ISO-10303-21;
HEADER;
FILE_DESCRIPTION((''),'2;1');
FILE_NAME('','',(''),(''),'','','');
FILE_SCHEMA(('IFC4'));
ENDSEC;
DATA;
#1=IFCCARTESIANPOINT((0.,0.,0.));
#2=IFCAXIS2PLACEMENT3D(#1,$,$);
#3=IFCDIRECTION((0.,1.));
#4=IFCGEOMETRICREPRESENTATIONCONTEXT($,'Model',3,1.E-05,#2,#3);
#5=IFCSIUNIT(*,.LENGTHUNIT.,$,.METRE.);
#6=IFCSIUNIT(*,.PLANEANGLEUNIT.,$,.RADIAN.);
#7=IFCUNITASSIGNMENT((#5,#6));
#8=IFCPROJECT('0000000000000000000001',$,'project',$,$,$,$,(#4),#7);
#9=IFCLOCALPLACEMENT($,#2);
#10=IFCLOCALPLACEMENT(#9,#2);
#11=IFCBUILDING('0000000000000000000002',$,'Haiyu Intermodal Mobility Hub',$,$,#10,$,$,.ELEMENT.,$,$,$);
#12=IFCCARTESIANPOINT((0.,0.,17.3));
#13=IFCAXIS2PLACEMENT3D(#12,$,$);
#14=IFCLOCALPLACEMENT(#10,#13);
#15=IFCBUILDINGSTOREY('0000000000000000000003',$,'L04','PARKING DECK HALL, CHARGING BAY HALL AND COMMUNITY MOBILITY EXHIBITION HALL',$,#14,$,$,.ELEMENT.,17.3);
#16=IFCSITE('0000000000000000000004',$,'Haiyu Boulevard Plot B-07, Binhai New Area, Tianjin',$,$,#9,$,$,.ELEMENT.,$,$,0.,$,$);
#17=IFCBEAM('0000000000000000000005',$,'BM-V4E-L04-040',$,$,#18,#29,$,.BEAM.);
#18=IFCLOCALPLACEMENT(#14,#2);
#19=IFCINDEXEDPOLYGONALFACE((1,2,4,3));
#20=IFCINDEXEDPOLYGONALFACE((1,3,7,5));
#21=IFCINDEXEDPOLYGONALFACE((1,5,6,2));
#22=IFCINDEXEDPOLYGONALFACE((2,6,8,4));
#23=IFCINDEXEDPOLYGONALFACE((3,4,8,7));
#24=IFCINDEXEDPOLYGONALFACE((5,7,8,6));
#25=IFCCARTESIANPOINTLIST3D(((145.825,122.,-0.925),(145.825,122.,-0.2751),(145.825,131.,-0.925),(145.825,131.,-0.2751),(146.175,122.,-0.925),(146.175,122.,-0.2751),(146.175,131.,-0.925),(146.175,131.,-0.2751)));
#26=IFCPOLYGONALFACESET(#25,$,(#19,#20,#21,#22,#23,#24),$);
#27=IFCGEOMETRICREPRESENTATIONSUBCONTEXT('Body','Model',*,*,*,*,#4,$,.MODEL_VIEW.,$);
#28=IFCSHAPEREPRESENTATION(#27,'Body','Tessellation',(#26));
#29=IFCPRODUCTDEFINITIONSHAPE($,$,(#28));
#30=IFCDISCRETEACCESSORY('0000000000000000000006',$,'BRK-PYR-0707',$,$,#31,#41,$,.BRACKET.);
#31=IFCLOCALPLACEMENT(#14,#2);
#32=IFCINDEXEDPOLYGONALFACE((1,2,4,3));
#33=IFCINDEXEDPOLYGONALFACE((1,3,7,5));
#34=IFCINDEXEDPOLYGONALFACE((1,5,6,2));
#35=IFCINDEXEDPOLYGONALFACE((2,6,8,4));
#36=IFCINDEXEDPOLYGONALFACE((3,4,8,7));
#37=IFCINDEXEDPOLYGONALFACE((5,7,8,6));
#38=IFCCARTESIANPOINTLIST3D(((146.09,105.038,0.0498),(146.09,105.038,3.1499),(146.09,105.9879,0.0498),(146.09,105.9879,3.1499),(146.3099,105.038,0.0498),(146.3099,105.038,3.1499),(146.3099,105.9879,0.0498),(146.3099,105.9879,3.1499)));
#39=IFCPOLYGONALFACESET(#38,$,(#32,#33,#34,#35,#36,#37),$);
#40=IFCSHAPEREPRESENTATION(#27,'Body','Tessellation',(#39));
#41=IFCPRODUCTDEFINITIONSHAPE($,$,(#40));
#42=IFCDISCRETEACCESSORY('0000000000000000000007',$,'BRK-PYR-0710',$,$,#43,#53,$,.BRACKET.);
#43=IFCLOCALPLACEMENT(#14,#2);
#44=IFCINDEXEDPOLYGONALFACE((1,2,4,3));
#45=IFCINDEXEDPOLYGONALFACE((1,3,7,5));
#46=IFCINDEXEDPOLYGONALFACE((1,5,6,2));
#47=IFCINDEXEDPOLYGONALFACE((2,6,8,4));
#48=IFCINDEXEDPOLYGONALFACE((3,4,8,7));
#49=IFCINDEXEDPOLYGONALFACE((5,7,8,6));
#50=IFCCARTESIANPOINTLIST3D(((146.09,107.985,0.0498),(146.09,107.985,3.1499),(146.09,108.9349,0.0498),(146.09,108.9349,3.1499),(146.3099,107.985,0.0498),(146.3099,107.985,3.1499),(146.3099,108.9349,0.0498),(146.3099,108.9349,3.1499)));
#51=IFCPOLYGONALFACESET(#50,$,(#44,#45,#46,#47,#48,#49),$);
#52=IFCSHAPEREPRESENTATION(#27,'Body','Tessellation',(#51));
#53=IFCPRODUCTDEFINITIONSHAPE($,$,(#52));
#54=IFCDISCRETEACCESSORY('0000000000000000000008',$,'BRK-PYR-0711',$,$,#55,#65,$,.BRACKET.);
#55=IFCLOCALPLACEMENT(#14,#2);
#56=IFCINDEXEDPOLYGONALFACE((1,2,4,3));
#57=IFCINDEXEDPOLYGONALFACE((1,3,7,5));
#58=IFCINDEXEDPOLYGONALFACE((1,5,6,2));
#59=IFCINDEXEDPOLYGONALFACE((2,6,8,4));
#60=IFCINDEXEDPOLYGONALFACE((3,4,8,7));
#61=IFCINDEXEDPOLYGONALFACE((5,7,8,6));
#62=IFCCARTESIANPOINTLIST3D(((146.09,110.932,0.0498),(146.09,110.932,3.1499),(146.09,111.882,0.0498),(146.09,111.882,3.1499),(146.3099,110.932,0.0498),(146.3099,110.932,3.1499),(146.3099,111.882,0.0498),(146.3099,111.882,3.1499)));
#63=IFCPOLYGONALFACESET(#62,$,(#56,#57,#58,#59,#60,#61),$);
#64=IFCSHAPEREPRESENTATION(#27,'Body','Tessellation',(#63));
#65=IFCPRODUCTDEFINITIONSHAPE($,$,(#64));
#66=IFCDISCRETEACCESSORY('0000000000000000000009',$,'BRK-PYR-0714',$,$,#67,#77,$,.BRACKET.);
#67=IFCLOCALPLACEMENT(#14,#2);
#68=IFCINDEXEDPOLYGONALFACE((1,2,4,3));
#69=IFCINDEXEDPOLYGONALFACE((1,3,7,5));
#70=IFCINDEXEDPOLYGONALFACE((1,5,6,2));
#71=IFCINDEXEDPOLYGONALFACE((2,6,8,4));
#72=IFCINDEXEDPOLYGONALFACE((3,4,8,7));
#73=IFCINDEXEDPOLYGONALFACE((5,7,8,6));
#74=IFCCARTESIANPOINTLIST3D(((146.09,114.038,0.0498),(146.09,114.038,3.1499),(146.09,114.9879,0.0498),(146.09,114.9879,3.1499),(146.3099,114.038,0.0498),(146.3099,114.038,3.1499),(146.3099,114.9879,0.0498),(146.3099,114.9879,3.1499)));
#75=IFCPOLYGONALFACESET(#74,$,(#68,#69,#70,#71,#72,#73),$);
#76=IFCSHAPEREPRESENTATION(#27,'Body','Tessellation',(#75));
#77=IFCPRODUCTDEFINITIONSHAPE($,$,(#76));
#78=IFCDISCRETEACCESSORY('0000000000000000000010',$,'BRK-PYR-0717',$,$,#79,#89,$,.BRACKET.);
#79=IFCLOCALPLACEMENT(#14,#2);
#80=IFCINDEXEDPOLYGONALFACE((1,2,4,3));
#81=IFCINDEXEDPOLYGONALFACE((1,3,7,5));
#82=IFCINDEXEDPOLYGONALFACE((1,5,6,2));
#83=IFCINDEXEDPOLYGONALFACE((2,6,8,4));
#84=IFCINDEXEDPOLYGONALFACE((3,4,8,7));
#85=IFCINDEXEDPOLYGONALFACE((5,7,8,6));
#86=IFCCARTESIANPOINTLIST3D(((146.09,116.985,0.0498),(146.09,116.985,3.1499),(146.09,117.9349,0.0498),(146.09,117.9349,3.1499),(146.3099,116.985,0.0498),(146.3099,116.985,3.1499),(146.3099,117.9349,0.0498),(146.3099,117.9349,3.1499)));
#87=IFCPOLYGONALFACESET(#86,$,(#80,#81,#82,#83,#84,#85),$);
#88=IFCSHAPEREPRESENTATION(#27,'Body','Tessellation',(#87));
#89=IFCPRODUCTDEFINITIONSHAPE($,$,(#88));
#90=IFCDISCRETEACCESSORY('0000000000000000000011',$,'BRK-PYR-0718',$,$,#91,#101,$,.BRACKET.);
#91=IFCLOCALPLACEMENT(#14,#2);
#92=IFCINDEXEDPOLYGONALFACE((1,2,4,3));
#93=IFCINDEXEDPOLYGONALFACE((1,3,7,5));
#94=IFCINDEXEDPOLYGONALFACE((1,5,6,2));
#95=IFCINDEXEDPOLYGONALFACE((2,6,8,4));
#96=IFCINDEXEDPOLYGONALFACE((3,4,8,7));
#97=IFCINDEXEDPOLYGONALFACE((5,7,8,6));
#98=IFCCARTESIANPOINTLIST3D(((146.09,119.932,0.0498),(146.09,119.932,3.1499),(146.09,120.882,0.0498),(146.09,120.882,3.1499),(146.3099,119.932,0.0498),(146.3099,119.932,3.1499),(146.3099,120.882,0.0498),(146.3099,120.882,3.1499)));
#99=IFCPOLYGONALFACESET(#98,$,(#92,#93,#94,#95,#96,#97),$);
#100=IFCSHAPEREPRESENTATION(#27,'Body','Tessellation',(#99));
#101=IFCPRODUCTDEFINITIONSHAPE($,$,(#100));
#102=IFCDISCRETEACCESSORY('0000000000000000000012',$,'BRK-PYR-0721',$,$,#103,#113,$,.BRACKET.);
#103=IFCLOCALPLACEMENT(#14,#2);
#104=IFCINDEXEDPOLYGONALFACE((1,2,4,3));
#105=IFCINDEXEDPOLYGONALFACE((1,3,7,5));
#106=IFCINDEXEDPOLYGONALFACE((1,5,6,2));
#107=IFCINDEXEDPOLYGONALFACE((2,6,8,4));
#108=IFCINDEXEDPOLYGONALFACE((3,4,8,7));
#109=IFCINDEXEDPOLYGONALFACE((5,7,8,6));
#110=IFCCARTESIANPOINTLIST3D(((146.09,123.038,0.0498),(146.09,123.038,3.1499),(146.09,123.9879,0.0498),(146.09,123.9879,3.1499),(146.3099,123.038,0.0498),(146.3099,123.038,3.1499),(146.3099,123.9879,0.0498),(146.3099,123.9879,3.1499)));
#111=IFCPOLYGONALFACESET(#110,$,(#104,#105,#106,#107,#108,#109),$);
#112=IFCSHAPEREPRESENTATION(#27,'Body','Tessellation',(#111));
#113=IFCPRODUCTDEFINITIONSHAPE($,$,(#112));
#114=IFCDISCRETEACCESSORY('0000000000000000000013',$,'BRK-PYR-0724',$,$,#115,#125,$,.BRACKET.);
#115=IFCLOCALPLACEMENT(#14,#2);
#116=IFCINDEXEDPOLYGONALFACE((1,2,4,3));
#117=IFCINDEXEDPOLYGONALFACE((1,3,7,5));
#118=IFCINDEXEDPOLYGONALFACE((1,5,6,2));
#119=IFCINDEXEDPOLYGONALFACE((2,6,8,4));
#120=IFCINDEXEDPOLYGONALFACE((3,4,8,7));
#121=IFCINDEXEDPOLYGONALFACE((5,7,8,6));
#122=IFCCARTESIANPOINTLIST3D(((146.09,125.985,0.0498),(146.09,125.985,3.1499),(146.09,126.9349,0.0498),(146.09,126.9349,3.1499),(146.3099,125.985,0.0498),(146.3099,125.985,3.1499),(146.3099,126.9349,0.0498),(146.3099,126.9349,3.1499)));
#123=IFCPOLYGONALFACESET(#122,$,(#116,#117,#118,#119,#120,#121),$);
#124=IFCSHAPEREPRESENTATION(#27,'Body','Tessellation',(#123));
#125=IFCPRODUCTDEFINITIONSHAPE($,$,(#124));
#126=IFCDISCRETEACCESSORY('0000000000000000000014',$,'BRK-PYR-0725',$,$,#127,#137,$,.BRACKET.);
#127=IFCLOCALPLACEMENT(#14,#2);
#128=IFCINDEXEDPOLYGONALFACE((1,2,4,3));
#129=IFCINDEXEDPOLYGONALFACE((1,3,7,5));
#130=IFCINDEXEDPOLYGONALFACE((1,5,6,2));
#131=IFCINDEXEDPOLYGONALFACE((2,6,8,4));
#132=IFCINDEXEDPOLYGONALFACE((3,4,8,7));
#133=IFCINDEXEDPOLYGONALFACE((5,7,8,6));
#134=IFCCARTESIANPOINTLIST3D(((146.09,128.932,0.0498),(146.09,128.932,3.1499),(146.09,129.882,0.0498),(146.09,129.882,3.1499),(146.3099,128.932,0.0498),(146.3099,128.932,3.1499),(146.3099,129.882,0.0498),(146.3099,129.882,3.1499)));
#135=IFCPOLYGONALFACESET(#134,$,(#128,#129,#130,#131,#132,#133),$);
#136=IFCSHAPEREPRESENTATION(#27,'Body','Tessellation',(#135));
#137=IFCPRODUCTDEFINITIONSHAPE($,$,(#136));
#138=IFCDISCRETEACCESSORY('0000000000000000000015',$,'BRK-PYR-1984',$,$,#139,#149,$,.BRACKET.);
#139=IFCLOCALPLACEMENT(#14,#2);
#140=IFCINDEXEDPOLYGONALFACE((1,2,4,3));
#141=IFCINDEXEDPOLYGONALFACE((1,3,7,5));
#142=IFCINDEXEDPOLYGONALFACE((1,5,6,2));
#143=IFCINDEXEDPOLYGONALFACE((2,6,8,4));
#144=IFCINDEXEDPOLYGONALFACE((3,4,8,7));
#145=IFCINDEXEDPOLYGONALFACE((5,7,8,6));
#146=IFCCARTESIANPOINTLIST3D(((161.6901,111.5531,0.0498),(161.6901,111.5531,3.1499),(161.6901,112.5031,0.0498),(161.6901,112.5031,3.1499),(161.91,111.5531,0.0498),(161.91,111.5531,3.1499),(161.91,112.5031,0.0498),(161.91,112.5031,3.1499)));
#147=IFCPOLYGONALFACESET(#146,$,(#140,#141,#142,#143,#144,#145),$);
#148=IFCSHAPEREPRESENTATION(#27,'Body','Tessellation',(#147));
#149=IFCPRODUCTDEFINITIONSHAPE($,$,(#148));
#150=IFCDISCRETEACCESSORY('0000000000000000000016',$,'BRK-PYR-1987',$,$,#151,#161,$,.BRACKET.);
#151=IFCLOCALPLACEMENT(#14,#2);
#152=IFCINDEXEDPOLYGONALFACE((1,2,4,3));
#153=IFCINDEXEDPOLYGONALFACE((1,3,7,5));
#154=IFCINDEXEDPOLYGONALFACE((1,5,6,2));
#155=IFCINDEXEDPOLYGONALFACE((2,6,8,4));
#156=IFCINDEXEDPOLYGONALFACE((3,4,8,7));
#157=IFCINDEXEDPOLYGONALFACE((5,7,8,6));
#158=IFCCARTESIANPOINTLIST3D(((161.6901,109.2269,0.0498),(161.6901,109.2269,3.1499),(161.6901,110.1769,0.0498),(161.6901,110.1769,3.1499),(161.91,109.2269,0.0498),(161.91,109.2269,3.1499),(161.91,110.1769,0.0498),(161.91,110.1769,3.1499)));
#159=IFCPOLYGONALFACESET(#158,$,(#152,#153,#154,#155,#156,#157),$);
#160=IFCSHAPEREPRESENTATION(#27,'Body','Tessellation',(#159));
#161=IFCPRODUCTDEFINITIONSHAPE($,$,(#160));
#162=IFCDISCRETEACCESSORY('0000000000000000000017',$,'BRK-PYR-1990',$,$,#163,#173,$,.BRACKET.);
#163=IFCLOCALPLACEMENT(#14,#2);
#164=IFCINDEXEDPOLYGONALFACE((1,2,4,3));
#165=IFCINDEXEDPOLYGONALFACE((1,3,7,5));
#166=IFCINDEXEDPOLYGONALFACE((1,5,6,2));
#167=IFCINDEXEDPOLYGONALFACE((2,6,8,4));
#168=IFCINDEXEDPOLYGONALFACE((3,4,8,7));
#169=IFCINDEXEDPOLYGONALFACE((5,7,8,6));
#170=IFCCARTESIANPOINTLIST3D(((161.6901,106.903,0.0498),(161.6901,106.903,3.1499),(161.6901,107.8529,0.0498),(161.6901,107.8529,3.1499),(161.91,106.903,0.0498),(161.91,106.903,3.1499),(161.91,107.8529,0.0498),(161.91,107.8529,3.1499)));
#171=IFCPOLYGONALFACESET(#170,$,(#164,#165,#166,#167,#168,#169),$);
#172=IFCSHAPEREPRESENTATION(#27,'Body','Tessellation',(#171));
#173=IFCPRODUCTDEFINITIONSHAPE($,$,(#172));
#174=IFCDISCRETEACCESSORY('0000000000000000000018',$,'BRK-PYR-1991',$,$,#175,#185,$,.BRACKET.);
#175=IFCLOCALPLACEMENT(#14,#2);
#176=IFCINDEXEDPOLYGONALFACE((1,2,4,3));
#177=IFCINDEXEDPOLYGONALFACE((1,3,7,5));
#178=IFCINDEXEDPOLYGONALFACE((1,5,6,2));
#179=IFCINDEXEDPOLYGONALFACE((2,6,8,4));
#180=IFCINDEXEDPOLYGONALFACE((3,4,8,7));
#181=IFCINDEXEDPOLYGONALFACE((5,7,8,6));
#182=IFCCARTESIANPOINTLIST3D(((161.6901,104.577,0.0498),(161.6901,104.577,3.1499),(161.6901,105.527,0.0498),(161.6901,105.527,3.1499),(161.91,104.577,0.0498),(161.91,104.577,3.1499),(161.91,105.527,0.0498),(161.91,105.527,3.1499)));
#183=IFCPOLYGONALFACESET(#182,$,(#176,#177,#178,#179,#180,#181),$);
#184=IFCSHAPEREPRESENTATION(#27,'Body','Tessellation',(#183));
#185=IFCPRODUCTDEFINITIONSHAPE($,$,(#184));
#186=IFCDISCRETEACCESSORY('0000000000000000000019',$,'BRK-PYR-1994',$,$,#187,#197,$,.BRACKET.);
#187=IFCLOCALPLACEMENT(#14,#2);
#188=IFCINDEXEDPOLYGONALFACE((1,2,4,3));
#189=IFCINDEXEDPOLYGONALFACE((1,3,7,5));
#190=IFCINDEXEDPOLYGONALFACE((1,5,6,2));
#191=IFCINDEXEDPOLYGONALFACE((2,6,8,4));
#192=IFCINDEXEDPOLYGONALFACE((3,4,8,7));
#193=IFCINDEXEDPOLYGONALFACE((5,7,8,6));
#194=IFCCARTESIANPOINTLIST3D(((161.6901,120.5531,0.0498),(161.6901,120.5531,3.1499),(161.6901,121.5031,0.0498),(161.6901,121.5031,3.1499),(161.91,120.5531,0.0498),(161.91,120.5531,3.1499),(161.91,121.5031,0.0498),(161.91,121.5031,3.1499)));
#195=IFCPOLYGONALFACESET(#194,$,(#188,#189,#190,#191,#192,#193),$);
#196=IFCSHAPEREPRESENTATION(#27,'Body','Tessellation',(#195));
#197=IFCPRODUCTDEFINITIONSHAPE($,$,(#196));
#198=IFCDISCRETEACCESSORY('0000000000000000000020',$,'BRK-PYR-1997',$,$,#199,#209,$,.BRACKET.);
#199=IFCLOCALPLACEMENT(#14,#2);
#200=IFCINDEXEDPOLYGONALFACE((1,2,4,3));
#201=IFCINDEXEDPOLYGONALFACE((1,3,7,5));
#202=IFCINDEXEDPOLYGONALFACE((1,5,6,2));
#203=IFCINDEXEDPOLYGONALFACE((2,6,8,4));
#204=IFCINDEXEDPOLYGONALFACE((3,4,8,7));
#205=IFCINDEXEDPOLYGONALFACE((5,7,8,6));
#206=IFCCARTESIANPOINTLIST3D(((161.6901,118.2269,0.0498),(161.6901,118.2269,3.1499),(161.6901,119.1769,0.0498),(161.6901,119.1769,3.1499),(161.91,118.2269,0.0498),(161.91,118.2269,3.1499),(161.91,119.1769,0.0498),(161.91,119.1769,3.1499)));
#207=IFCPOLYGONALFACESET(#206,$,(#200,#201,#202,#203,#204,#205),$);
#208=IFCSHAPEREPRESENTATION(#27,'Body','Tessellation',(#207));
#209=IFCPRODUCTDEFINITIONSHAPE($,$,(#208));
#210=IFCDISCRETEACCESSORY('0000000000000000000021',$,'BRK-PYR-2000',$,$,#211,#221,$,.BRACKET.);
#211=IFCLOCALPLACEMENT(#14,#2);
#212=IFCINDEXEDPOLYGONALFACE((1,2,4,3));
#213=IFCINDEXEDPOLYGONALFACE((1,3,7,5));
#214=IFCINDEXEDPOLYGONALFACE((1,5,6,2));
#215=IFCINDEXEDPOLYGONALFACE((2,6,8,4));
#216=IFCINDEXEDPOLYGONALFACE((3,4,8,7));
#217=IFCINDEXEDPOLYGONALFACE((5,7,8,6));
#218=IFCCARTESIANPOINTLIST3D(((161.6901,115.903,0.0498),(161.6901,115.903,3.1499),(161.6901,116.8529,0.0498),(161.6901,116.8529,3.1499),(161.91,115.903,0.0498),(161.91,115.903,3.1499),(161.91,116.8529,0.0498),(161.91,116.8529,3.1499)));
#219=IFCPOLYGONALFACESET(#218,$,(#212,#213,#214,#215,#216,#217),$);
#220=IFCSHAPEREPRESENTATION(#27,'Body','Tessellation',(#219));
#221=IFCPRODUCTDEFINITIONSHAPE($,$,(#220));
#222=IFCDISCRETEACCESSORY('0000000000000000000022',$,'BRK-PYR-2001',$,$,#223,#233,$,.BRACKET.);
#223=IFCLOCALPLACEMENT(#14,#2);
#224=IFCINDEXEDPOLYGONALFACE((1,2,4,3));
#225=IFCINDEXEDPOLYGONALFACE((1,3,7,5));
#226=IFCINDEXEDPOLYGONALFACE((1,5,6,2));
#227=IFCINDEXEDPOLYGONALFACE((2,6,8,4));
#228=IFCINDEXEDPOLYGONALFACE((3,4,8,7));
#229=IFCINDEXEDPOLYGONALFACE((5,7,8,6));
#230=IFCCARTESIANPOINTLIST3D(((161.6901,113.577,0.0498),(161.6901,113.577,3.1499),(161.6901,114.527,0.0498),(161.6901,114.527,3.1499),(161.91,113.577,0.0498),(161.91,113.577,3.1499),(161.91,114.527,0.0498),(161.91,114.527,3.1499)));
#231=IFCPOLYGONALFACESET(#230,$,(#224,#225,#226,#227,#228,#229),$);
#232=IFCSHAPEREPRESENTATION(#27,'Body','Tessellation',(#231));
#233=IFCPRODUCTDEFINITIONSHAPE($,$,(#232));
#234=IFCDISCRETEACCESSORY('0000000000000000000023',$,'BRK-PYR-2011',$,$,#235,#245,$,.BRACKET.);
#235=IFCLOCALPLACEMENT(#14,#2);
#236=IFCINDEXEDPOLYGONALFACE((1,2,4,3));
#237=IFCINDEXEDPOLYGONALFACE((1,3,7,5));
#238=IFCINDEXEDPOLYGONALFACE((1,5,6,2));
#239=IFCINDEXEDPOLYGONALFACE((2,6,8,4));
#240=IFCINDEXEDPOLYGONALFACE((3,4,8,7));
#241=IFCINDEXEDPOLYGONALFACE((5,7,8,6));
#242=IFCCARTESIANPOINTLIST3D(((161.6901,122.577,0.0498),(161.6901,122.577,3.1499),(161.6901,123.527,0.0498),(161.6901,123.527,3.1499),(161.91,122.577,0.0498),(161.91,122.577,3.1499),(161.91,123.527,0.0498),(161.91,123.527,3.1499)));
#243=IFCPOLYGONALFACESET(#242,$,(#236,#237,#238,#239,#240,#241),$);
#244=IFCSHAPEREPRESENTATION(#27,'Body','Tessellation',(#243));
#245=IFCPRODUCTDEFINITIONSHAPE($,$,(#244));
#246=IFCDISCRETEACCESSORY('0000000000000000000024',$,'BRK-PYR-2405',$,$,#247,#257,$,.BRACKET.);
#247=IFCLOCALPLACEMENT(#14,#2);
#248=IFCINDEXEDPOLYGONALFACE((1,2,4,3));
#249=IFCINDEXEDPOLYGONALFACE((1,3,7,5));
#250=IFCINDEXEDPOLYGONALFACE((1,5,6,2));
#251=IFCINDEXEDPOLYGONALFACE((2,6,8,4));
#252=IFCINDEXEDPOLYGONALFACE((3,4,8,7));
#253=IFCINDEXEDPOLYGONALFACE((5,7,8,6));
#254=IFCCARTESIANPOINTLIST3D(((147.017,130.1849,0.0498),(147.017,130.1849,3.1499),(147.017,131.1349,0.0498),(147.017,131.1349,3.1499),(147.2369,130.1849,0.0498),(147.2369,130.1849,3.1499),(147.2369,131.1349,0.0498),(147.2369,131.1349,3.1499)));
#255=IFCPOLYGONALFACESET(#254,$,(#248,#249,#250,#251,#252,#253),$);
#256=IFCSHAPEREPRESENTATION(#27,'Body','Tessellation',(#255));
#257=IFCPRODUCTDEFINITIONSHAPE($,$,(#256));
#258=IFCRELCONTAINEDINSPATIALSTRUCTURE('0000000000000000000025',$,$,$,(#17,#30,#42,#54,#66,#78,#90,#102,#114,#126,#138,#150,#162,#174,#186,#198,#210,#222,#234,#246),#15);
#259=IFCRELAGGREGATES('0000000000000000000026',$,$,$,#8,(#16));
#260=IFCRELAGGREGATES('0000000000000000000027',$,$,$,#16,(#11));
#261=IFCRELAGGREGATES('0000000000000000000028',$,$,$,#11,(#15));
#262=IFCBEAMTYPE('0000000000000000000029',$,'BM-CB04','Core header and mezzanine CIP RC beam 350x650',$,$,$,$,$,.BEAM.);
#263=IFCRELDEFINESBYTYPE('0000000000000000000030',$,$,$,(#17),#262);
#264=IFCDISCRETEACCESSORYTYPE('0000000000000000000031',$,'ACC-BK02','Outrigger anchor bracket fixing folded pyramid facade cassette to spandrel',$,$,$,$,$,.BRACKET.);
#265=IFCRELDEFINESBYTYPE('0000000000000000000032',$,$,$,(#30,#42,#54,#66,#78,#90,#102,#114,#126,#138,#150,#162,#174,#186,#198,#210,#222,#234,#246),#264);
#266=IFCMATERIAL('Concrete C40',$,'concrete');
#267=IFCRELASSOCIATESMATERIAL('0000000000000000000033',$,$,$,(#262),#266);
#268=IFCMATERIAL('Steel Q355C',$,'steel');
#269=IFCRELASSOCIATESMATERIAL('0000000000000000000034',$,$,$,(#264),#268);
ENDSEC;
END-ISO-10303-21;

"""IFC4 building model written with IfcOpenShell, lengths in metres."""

from ifc_helpers import new_model, si_unit, direction, frame, origin, origin_2d, place, context, subcontext, project, spatial, rectangle, extrude, material, material_profile, profile_set, type_object, element, save


model = new_model("IFC4")

# Units and contexts
model_context = context("Model", 3, precision=1e-05, world=origin(), true_north=direction((0.0, 1.0)))
body_context = subcontext(model_context, "Body", "Model", "MODEL_VIEW")
ifc_project = project(units=[si_unit("LENGTHUNIT", "METRE"), si_unit("PLANEANGLEUNIT", "RADIAN")], contexts=[model_context])

# Site, building, storey
site_placement = place(None, origin())
site = spatial("IfcSite", under=ifc_project, at=site_placement, Name="Haiyu Boulevard Plot B-07, Binhai New Area, Tianjin", CompositionType="ELEMENT", RefElevation=0.0)
building_placement = place(site_placement, origin())
building = spatial("IfcBuilding", under=site, at=building_placement, Name="Haiyu Intermodal Mobility Hub", CompositionType="ELEMENT")
storey_placement = place(building_placement, frame((0.0, 0.0, 17.3)))
storey = spatial("IfcBuildingStorey", under=building, at=storey_placement, Name="L04", Description="PARKING DECK HALL, CHARGING BAY HALL AND COMMUNITY MOBILITY EXHIBITION HALL", CompositionType="ELEMENT", Elevation=17.3)

# Beam
ifc_material_1 = material(Name="Concrete C40", Category="concrete")
ifc_material_profile = material_profile(ifc_material_1, rectangle(XDim=0.3501, YDim=0.6499, at=origin_2d()), Name="RCB350x650")
ifc_profile_set = profile_set([ifc_material_profile], Name="Concrete C40")
beam_type = type_object("IfcBeamType", Name="BM-CB04", Description="Core header and mezzanine CIP RC beam 350x650", PredefinedType="BEAM", material=ifc_profile_set)
beam_placement = place(storey_placement, frame((146.0, 122.0, -0.6001), z_axis=(0.0, 1.0, 0.0), x_axis=(-1.0, 0.0, 0.0)))
element("IfcBeam", 1, at=beam_placement, inside=storey, type_object=beam_type, Name="BM-V4E-L04-040", PredefinedType="BEAM", context=body_context, shape_type="SweptSolid", body=[
    extrude(rectangle(XDim=0.3501, YDim=0.6499, at=origin_2d()), origin(), (0.0, 0.0, 1.0), 9.0),
])

# Discrete accessories
ifc_material_2 = material(Name="Steel Q355C", Category="steel")
discrete_accessory_type = type_object("IfcDiscreteAccessoryType", Name="ACC-BK02", Description="Outrigger anchor bracket fixing folded pyramid facade cassette to spandrel", PredefinedType="BRACKET", material=ifc_material_2)
for number, where, z_axis, x_axis, name in (
    (2, (146.2, 105.5129, 0.0498), (0.0, 0.0, 1.0), (1.0, 0.0, 0.0), "BRK-PYR-0707"),
    (3, (146.2, 108.46, 0.0498), (0.0, 0.0, 1.0), (1.0, 0.0, 0.0), "BRK-PYR-0710"),
    (4, (146.2, 111.407, 0.0498), (0.0, 0.0, 1.0), (1.0, 0.0, 0.0), "BRK-PYR-0711"),
    (5, (146.2, 114.5129, 0.0498), (0.0, 0.0, 1.0), (1.0, 0.0, 0.0), "BRK-PYR-0714"),
    (6, (146.2, 117.46, 0.0498), (0.0, 0.0, 1.0), (1.0, 0.0, 0.0), "BRK-PYR-0717"),
    (7, (146.2, 120.407, 0.0498), (0.0, 0.0, 1.0), (1.0, 0.0, 0.0), "BRK-PYR-0718"),
    (8, (146.2, 123.5129, 0.0498), (0.0, 0.0, 1.0), (1.0, 0.0, 0.0), "BRK-PYR-0721"),
    (9, (146.2, 126.46, 0.0498), (0.0, 0.0, 1.0), (1.0, 0.0, 0.0), "BRK-PYR-0724"),
    (10, (146.2, 129.407, 0.0498), (0.0, 0.0, 1.0), (1.0, 0.0, 0.0), "BRK-PYR-0725"),
    (11, (161.8, 112.0281, 0.0498), (0.0, 0.0, 1.0), (1.0, 0.0, 0.0), "BRK-PYR-1984"),
    (12, (161.8, 109.7019, 0.0498), (0.0, 0.0, 1.0), (1.0, 0.0, 0.0), "BRK-PYR-1987"),
    (13, (161.8, 107.3779, 0.0498), (0.0, 0.0, 1.0), (1.0, 0.0, 0.0), "BRK-PYR-1990"),
    (14, (161.8, 105.052, 0.0498), (0.0, 0.0, 1.0), (1.0, 0.0, 0.0), "BRK-PYR-1991"),
    (15, (161.8, 121.0281, 0.0498), (0.0, 0.0, 1.0), (1.0, 0.0, 0.0), "BRK-PYR-1994"),
    (16, (161.8, 118.7019, 0.0498), (0.0, 0.0, 1.0), (1.0, 0.0, 0.0), "BRK-PYR-1997"),
    (17, (161.8, 116.3779, 0.0498), (0.0, 0.0, 1.0), (1.0, 0.0, 0.0), "BRK-PYR-2000"),
    (18, (161.8, 114.052, 0.0498), (0.0, 0.0, 1.0), (1.0, 0.0, 0.0), "BRK-PYR-2001"),
    (19, (161.8, 123.052, 0.0498), (0.0, 0.0, 1.0), (1.0, 0.0, 0.0), "BRK-PYR-2011"),
    (20, (147.127, 130.6599, 0.0498), (0.0, 0.0, 1.0), (1.0, 0.0, 0.0), "BRK-PYR-2405"),
):
    element("IfcDiscreteAccessory", number, at=place(storey_placement, frame(where, z_axis=z_axis, x_axis=x_axis)), inside=storey, type_object=discrete_accessory_type, Name=name, PredefinedType="BRACKET", context=body_context, shape_type="SweptSolid", body=[
        extrude(rectangle(XDim=0.22, YDim=0.95, at=origin_2d()), origin(), (0.0, 0.0, 1.0), 3.1001),
    ])

save(model, "model.ifc")
